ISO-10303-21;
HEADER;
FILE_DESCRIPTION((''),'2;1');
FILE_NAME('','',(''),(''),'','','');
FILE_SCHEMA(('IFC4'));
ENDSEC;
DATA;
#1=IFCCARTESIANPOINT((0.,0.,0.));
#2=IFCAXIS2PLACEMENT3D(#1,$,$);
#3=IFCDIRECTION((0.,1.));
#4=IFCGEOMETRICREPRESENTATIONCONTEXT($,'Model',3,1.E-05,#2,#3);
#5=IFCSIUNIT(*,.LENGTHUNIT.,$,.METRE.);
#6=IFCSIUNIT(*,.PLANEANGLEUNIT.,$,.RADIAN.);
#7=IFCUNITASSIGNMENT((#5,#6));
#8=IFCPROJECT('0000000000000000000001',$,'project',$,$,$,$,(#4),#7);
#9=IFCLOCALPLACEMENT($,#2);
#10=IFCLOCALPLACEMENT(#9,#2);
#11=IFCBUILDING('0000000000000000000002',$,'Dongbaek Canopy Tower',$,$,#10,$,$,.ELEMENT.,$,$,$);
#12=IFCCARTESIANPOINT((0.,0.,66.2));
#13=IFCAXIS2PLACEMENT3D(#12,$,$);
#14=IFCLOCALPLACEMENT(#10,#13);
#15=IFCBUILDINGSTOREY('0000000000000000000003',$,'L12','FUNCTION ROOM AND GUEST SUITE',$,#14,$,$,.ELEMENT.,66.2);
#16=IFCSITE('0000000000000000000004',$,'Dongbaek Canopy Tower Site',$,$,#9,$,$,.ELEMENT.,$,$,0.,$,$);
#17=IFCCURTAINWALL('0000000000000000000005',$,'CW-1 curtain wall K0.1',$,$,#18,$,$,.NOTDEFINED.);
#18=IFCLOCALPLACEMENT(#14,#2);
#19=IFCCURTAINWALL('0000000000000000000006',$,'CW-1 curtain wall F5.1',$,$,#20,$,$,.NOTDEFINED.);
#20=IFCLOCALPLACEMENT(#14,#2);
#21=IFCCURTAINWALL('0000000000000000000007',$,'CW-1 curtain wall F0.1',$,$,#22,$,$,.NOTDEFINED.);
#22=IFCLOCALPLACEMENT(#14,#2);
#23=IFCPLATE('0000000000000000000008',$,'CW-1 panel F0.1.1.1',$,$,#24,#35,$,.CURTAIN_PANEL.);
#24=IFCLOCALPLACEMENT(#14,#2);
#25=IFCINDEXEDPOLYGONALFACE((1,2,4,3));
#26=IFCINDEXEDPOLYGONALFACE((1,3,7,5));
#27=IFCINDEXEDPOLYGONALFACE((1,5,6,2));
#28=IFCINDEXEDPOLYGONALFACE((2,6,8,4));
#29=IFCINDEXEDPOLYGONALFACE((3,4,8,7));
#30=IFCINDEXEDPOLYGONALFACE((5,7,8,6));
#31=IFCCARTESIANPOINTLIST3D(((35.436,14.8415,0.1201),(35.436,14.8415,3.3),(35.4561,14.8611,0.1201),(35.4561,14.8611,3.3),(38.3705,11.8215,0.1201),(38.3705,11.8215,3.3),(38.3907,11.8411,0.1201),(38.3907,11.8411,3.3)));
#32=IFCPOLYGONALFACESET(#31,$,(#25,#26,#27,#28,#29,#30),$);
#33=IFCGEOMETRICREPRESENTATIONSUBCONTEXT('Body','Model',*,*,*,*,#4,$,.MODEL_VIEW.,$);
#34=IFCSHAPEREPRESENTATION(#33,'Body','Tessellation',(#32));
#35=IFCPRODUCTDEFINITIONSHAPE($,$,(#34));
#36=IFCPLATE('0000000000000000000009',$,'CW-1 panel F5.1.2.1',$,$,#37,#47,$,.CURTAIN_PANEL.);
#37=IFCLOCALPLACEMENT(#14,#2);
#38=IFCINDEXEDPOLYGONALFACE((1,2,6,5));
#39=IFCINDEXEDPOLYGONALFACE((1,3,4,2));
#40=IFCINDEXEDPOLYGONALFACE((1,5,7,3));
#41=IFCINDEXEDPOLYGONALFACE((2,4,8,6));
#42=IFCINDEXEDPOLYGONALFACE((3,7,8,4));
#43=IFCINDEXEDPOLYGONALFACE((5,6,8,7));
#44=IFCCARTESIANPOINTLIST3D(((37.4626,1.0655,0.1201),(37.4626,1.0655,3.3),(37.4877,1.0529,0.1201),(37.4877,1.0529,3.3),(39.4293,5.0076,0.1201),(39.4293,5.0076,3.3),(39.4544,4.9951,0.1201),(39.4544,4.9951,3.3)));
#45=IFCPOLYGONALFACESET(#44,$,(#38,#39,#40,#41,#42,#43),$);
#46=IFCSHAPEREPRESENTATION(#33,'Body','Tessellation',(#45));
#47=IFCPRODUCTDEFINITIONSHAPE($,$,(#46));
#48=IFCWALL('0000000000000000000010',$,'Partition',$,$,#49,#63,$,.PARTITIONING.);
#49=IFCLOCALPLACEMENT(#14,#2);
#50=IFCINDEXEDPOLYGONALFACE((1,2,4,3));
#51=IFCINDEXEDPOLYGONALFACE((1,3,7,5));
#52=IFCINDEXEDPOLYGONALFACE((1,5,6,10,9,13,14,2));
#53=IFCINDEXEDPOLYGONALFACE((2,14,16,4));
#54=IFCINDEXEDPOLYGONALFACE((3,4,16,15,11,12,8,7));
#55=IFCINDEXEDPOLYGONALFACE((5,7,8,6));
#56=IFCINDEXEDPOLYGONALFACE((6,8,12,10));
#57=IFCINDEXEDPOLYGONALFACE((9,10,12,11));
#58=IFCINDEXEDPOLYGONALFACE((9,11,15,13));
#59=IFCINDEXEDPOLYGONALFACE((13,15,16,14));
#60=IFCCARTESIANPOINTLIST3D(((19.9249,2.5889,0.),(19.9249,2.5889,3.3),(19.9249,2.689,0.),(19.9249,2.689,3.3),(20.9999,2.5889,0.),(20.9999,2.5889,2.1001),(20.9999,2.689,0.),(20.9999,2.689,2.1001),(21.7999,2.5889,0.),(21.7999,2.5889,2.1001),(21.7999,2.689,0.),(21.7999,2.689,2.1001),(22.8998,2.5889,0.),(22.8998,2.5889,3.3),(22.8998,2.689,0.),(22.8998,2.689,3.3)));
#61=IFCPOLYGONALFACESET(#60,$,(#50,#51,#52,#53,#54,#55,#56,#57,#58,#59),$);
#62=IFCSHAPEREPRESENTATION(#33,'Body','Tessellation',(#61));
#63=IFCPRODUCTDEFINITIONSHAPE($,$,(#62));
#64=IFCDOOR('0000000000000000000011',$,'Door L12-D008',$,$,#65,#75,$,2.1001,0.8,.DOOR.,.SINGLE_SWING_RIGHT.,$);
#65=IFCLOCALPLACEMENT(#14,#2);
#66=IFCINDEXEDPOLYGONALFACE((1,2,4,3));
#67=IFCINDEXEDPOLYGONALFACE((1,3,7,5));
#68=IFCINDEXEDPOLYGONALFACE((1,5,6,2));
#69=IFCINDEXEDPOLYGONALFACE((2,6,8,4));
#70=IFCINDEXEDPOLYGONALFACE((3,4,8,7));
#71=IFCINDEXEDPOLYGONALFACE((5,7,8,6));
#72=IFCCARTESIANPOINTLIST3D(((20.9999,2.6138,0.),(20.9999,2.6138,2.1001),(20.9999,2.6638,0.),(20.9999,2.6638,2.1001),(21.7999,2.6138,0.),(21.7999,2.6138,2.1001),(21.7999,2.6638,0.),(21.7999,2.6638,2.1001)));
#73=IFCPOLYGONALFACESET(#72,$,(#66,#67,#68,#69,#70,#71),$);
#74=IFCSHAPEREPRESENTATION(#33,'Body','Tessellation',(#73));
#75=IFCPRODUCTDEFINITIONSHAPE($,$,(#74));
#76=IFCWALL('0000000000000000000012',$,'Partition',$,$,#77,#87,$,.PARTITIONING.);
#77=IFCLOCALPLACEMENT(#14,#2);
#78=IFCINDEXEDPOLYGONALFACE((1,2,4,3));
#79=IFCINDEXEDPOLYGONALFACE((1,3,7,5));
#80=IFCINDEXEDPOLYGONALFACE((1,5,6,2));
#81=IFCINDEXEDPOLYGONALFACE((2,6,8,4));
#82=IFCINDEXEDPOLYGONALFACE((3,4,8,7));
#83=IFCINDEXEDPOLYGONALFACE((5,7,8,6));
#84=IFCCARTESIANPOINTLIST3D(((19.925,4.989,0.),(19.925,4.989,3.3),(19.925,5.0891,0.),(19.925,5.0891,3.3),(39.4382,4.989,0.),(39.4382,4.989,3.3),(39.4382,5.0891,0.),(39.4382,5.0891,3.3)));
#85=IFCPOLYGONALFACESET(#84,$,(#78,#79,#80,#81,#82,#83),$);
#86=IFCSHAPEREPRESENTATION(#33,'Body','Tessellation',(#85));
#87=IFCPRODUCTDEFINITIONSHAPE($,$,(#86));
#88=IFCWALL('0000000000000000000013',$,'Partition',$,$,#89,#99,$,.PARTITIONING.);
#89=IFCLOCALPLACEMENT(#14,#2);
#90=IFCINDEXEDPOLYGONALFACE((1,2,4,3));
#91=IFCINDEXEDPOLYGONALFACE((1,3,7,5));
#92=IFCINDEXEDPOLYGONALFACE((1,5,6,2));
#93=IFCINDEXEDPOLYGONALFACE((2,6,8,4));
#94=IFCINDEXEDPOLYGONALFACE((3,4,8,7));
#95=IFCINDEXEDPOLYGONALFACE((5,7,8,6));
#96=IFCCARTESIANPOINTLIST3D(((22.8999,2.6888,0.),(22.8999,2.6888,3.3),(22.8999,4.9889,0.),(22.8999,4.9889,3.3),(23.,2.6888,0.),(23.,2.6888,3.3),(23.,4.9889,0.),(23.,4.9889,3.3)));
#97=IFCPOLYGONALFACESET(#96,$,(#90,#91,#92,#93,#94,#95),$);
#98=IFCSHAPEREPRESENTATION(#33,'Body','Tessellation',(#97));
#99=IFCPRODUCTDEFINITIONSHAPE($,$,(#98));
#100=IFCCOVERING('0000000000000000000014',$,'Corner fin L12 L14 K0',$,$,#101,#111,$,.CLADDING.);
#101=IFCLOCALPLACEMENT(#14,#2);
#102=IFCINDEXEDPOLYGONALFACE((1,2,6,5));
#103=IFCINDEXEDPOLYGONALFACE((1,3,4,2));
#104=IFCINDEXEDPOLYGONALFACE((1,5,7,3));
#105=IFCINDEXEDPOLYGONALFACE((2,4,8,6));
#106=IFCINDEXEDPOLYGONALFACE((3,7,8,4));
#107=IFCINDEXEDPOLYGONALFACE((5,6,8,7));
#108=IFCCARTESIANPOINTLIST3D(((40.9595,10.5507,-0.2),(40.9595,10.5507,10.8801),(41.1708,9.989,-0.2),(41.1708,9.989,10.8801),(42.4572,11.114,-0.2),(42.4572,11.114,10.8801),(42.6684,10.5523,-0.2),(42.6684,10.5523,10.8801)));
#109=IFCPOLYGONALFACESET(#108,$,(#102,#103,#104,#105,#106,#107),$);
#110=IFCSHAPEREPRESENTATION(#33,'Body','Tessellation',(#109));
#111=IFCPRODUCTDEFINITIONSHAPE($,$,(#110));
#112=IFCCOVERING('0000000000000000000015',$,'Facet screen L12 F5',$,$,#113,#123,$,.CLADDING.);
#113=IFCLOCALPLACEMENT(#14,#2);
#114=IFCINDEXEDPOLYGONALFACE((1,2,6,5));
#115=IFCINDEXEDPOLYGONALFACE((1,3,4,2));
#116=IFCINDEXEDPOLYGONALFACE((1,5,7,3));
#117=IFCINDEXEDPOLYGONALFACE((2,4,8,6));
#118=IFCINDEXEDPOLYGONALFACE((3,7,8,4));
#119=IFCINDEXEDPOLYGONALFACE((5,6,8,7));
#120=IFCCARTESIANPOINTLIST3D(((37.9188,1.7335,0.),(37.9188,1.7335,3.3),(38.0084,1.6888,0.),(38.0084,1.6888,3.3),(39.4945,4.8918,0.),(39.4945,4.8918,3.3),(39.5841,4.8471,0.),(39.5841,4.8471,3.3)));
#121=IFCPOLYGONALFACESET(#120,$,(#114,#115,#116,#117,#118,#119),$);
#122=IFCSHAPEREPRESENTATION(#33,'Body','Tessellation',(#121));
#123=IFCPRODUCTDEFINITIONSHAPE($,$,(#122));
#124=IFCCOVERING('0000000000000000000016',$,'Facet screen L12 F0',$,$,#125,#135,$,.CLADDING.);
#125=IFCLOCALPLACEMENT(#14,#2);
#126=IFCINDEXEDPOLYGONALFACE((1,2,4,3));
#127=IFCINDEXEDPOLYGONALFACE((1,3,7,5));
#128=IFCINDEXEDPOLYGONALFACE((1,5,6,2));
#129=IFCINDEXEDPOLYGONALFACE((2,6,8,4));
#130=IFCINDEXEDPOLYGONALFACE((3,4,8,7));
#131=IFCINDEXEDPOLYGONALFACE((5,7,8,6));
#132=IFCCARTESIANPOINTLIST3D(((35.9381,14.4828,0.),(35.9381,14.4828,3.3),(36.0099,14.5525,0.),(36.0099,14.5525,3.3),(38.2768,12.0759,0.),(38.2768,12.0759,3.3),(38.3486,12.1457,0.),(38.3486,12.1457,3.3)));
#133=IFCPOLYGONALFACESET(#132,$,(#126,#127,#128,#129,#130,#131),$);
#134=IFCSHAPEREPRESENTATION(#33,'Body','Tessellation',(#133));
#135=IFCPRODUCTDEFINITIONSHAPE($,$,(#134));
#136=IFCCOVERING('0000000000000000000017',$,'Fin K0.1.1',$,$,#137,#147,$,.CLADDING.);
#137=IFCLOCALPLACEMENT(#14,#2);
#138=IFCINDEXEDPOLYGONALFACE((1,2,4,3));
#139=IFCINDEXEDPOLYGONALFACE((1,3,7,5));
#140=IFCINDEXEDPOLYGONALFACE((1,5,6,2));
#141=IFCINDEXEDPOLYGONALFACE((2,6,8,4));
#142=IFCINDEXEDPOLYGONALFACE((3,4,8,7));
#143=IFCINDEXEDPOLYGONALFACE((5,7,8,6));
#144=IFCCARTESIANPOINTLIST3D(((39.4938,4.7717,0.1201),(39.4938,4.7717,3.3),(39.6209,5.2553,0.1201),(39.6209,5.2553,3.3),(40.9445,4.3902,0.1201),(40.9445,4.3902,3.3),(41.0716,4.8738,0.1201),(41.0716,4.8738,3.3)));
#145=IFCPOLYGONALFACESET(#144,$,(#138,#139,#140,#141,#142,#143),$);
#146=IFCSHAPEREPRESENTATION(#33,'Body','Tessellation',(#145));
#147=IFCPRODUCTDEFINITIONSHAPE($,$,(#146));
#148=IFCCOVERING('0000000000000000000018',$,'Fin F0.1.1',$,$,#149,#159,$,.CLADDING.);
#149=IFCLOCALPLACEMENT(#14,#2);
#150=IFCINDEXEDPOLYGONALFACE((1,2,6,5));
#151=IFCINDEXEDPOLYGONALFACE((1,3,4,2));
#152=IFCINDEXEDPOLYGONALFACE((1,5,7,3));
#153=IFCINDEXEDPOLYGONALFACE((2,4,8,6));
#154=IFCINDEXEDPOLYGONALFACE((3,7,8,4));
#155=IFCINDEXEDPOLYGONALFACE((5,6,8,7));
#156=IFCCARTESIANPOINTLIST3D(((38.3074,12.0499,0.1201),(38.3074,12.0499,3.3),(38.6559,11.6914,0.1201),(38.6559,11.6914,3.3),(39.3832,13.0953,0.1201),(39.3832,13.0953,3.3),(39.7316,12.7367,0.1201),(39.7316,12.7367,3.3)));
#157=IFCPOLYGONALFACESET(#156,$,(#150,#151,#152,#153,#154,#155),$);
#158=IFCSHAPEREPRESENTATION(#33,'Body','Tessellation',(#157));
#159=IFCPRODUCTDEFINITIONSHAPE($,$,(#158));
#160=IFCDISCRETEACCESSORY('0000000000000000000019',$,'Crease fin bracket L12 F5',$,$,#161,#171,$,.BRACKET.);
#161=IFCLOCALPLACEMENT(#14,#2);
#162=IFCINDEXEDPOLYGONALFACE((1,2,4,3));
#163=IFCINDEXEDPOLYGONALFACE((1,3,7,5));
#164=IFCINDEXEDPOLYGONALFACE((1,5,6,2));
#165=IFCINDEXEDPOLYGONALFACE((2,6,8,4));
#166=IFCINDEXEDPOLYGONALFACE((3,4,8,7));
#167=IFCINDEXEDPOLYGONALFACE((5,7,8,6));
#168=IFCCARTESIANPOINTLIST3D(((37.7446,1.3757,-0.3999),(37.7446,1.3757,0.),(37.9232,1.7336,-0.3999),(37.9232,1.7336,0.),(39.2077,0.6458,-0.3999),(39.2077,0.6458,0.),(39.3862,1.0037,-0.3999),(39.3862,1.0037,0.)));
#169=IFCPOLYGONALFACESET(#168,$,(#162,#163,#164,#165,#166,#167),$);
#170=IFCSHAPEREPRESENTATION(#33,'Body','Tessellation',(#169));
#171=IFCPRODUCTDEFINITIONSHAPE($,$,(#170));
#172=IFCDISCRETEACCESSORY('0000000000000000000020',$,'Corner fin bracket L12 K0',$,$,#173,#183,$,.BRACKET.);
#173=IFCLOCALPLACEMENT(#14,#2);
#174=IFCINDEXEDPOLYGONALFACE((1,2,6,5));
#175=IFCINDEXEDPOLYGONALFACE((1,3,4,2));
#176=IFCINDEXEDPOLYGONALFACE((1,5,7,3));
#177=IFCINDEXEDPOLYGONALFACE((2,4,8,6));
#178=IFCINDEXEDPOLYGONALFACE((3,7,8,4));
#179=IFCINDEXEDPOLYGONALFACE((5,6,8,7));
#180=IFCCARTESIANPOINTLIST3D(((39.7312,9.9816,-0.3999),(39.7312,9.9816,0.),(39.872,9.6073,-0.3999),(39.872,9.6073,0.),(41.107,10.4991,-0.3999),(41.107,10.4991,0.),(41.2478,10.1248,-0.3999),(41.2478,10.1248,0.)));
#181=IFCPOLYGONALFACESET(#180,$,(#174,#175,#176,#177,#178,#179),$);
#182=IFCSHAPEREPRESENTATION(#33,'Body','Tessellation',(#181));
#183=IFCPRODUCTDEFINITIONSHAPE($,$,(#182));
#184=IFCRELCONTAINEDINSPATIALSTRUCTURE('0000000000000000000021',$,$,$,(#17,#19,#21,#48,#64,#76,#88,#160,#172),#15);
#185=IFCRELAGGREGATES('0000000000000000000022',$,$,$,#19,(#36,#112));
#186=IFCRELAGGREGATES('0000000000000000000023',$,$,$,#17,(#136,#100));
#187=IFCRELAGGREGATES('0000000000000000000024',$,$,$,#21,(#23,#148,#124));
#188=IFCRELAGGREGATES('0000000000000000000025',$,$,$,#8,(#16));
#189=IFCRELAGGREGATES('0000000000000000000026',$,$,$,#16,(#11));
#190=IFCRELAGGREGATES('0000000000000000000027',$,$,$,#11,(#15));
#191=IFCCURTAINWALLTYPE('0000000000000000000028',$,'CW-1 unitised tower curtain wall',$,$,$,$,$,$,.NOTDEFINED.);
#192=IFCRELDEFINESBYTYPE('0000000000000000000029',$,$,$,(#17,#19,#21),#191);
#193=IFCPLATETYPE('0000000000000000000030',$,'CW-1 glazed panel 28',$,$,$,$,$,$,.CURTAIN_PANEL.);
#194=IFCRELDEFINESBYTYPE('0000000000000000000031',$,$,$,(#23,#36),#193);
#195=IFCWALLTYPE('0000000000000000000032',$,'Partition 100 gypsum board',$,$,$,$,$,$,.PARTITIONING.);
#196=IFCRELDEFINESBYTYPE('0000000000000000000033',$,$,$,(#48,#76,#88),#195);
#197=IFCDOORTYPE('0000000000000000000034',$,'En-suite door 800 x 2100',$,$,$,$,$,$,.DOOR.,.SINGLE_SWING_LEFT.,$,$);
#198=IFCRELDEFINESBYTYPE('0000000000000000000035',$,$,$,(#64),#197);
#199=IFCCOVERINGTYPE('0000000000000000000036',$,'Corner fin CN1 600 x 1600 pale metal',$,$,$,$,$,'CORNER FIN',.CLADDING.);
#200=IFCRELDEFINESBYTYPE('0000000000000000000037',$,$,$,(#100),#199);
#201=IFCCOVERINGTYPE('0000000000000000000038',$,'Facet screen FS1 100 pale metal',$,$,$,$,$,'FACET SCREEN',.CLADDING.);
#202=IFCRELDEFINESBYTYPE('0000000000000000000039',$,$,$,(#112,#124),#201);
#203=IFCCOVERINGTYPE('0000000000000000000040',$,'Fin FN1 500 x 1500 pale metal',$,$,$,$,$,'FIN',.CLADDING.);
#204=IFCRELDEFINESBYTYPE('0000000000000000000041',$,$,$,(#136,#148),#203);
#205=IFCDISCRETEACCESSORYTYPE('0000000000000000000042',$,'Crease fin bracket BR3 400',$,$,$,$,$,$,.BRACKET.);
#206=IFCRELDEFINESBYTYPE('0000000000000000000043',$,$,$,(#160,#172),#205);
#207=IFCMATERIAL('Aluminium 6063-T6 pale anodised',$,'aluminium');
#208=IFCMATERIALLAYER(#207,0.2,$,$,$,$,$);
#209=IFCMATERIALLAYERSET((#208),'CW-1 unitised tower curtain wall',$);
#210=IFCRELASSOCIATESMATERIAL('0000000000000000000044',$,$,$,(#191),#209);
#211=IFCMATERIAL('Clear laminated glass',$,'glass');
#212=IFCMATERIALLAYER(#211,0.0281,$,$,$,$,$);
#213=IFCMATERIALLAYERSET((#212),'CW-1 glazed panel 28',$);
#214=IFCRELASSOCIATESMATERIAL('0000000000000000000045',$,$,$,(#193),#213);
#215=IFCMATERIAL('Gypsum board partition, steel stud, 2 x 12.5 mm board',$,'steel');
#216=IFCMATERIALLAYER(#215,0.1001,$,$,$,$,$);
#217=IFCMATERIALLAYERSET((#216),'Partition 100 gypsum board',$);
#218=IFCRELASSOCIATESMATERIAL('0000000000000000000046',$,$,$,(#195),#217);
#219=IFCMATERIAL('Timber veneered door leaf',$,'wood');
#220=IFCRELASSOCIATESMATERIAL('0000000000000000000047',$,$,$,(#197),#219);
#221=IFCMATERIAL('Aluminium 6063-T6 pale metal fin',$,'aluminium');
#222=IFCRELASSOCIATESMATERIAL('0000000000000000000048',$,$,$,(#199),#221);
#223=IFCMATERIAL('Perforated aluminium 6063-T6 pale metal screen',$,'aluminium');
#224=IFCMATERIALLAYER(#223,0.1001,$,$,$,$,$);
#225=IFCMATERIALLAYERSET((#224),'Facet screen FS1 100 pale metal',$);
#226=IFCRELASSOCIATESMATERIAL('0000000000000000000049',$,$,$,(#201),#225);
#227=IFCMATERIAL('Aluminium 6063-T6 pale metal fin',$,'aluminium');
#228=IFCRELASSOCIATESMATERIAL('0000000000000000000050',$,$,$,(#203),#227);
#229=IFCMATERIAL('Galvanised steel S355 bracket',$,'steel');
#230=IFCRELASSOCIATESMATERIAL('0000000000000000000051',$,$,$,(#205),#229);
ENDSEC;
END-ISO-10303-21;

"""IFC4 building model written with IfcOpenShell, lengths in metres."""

from ifc_helpers import new_model, si_unit, direction, frame, frame_2d, origin, origin_2d, place, context, subcontext, project, spatial, rectangle, extrude, material, layer, layer_set, material_profile, profile_set, type_object, element, fill, aggregate, save


model = new_model("IFC4")

# Units and contexts
model_context = context("Model", 3, precision=1e-05, world=origin(), true_north=direction((0.0, 1.0)))
body_context = subcontext(model_context, "Body", "Model", "MODEL_VIEW")
ifc_project = project(units=[si_unit("LENGTHUNIT", "METRE"), si_unit("PLANEANGLEUNIT", "RADIAN")], contexts=[model_context])

# Site, building, storey
site_placement = place(None, origin())
site = spatial("IfcSite", under=ifc_project, at=site_placement, Name="Dongbaek Canopy Tower Site", CompositionType="ELEMENT", RefElevation=0.0)
building_placement = place(site_placement, origin())
building = spatial("IfcBuilding", under=site, at=building_placement, Name="Dongbaek Canopy Tower", CompositionType="ELEMENT")
storey_placement = place(building_placement, frame((0.0, 0.0, 66.2)))
storey = spatial("IfcBuildingStorey", under=building, at=storey_placement, Name="L12", Description="FUNCTION ROOM AND GUEST SUITE", CompositionType="ELEMENT", Elevation=66.2)

# Curtain wall
ifc_material_1 = material(Name="Aluminium 6063-T6 pale anodised", Category="aluminium")
ifc_layer_1 = layer(ifc_material_1, 0.2)
ifc_layer_set_1 = layer_set([ifc_layer_1], Name="CW-1 unitised tower curtain wall")
curtain_wall_type = type_object("IfcCurtainWallType", Name="CW-1 unitised tower curtain wall", PredefinedType="NOTDEFINED", material=ifc_layer_set_1)
curtain_wall_1_placement = place(storey_placement, origin())
curtain_wall_1 = element("IfcCurtainWall", 1, at=curtain_wall_1_placement, inside=storey, type_object=curtain_wall_type, Name="CW-1 curtain wall K0.1", PredefinedType="NOTDEFINED")

# Curtain walls
curtain_wall_2_placement = place(storey_placement, origin())
curtain_wall_2 = element("IfcCurtainWall", 2, at=curtain_wall_2_placement, inside=storey, type_object=curtain_wall_type, Name="CW-1 curtain wall F5.1", PredefinedType="NOTDEFINED")
curtain_wall_3_placement = place(storey_placement, origin())
curtain_wall_3 = element("IfcCurtainWall", 3, at=curtain_wall_3_placement, inside=storey, type_object=curtain_wall_type, Name="CW-1 curtain wall F0.1", PredefinedType="NOTDEFINED")

# Plates
ifc_material_2 = material(Name="Clear laminated glass", Category="glass")
ifc_layer_2 = layer(ifc_material_2, 0.0281)
ifc_layer_set_2 = layer_set([ifc_layer_2], Name="CW-1 glazed panel 28")
plate_type = type_object("IfcPlateType", Name="CW-1 glazed panel 28", PredefinedType="CURTAIN_PANEL", material=ifc_layer_set_2)
plate_1_placement = place(storey_placement, frame((36.9133, 13.3413, 0.1201), z_axis=(0.0, 0.0, 1.0), x_axis=(-0.696882, 0.717186, 0.0)))
plate_1 = element("IfcPlate", 4, at=plate_1_placement, type_object=plate_type, Name="CW-1 panel F0.1.1.1", PredefinedType="CURTAIN_PANEL", context=body_context, shape_type="SweptSolid", body=[
    extrude(rectangle(XDim=4.2109, YDim=0.0281, at=origin_2d()), origin(), (0.0, 0.0, 1.0), 3.1799),
])
plate_2_placement = place(storey_placement, frame((38.4585, 3.0303, 0.1201), z_axis=(0.0, 0.0, 1.0), x_axis=(0.44642, 0.894823, 0.0)))
plate_2 = element("IfcPlate", 5, at=plate_2_placement, type_object=plate_type, Name="CW-1 panel F5.1.2.1", PredefinedType="CURTAIN_PANEL", context=body_context, shape_type="SweptSolid", body=[
    extrude(rectangle(XDim=4.4055, YDim=0.0281, at=origin_2d()), origin(), (0.0, 0.0, 1.0), 3.1799),
])

# Wall, opening, door
ifc_material_3 = material(Name="Gypsum board partition, steel stud, 2 x 12.5 mm board", Category="steel")
ifc_layer_3 = layer(ifc_material_3, 0.1001)
ifc_layer_set_3 = layer_set([ifc_layer_3], Name="Partition 100 gypsum board")
wall_type = type_object("IfcWallType", Name="Partition 100 gypsum board", PredefinedType="PARTITIONING", material=ifc_layer_set_3)
wall_1_placement = place(storey_placement, frame((19.925, 2.6389, 0.0), z_axis=(0.0, 0.0, 1.0), x_axis=(1.0, 0.0, 0.0)))
wall_1 = element("IfcWall", 6, at=wall_1_placement, inside=storey, type_object=wall_type, Name="Partition", PredefinedType="PARTITIONING", context=body_context, shape_type="SweptSolid", body=[
    extrude(rectangle(XDim=2.9749, YDim=0.1001, at=frame_2d((1.4873, 0.0))), origin(), (0.0, 0.0, 1.0), 3.3),
])
opening_placement = place(wall_1_placement, frame((1.075, 0.0, 0.0)))
opening = element("IfcOpeningElement", 7, at=opening_placement, cuts=wall_1, PredefinedType="OPENING", context=body_context, shape_type="SweptSolid", body=[
    extrude(rectangle(XDim=0.8, YDim=2.1001, at=frame_2d((0.3999, 1.05))), frame((0.0, 0.0601, 0.0), z_axis=(0.0, -1.0, 0.0), x_axis=(1.0, 0.0, 0.0)), (0.0, 0.0, 1.0), 0.1201),
])
ifc_material_4 = material(Name="Timber veneered door leaf", Category="wood")
door_type = type_object("IfcDoorType", Name="En-suite door 800 x 2100", OperationType="SINGLE_SWING_LEFT", PredefinedType="DOOR", material=ifc_material_4)
door_placement = place(opening_placement, origin())
door = element("IfcDoor", 8, at=door_placement, inside=storey, type_object=door_type, Name="Door L12-D008", OperationType="SINGLE_SWING_RIGHT", OverallHeight=2.1001, OverallWidth=0.8, PredefinedType="DOOR", context=body_context, shape_type="SweptSolid", body=[
    extrude(rectangle(XDim=0.8, YDim=2.1001, at=frame_2d((0.3999, 1.05))), frame((0.0, 0.0249, 0.0), z_axis=(0.0, -1.0, 0.0), x_axis=(1.0, 0.0, 0.0)), (0.0, 0.0, 1.0), 0.05),
])
fill(opening, door)

# Walls
wall_2_placement = place(storey_placement, frame((19.925, 5.0391, 0.0), z_axis=(0.0, 0.0, 1.0), x_axis=(1.0, 0.0, 0.0)))
element("IfcWall", 9, at=wall_2_placement, inside=storey, type_object=wall_type, Name="Partition", PredefinedType="PARTITIONING", context=body_context, shape_type="SweptSolid", body=[
    extrude(rectangle(XDim=19.5132, YDim=0.1001, at=frame_2d((9.7566, 0.0))), origin(), (0.0, 0.0, 1.0), 3.3),
])
wall_3_placement = place(storey_placement, frame((22.95, 2.689, 0.0), z_axis=(0.0, 0.0, 1.0), x_axis=(0.0, 1.0, 0.0)))
element("IfcWall", 10, at=wall_3_placement, inside=storey, type_object=wall_type, Name="Partition", PredefinedType="PARTITIONING", context=body_context, shape_type="SweptSolid", body=[
    extrude(rectangle(XDim=2.3, YDim=0.1001, at=frame_2d((1.1499, 0.0))), origin(), (0.0, 0.0, 1.0), 3.3),
])

# Coverings
ifc_material_5 = material(Name="Aluminium 6063-T6 pale metal fin", Category="aluminium")
ifc_material_profile_1 = material_profile(ifc_material_5, rectangle(XDim=1.6001, YDim=0.6001, at=origin_2d()), Name="Corner fin CN1 600 x 1600 pale metal")
ifc_profile_set_1 = profile_set([ifc_material_profile_1], Name="Aluminium 6063-T6 pale metal fin")
covering_type_1 = type_object("IfcCoveringType", Name="Corner fin CN1 600 x 1600 pale metal", ElementType="CORNER FIN", PredefinedType="CLADDING", material=ifc_profile_set_1)
covering_1_placement = place(storey_placement, frame((41.814, 10.5515, -0.2), z_axis=(0.0, 0.0, 1.0), x_axis=(0.935977, 0.352062, 0.0)))
covering_1 = element("IfcCovering", 11, at=covering_1_placement, type_object=covering_type_1, Name="Corner fin L12 L14 K0", PredefinedType="CLADDING", context=body_context, shape_type="SweptSolid", body=[
    extrude(rectangle(XDim=1.6001, YDim=0.6001, at=origin_2d()), origin(), (0.0, 0.0, 1.0), 11.0801),
])
ifc_material_6 = material(Name="Perforated aluminium 6063-T6 pale metal screen", Category="aluminium")
ifc_layer_4 = layer(ifc_material_6, 0.1001)
ifc_layer_set_4 = layer_set([ifc_layer_4], Name="Facet screen FS1 100 pale metal")
covering_type_2 = type_object("IfcCoveringType", Name="Facet screen FS1 100 pale metal", ElementType="FACET SCREEN", PredefinedType="CLADDING", material=ifc_layer_set_4)
covering_2_placement = place(storey_placement, frame((38.7515, 3.2903, 0.0), z_axis=(0.0, 0.0, 1.0), x_axis=(0.446421, 0.894823, 0.0)))
covering_2 = element("IfcCovering", 12, at=covering_2_placement, type_object=covering_type_2, Name="Facet screen L12 F5", PredefinedType="CLADDING", context=body_context, shape_type="SweptSolid", body=[
    extrude(rectangle(XDim=3.5295, YDim=0.1001, at=origin_2d()), origin(), (0.0, 0.0, 1.0), 3.3),
])
aggregate(curtain_wall_2, [plate_2, covering_2])
covering_3_placement = place(storey_placement, frame((37.1433, 13.3142, 0.0), z_axis=(0.0, 0.0, 1.0), x_axis=(-0.696881, 0.717187, 0.0)))
covering_3 = element("IfcCovering", 13, at=covering_3_placement, type_object=covering_type_2, Name="Facet screen L12 F0", PredefinedType="CLADDING", context=body_context, shape_type="SweptSolid", body=[
    extrude(rectangle(XDim=3.356, YDim=0.1001, at=origin_2d()), origin(), (0.0, 0.0, 1.0), 3.3),
])
ifc_material_7 = material(Name="Aluminium 6063-T6 pale metal fin", Category="aluminium")
ifc_material_profile_2 = material_profile(ifc_material_7, rectangle(XDim=1.5, YDim=0.5, at=origin_2d()), Name="Fin FN1 500 x 1500 pale metal")
ifc_profile_set_2 = profile_set([ifc_material_profile_2], Name="Aluminium 6063-T6 pale metal fin")
covering_type_3 = type_object("IfcCoveringType", Name="Fin FN1 500 x 1500 pale metal", ElementType="FIN", PredefinedType="CLADDING", material=ifc_profile_set_2)
covering_4_placement = place(storey_placement, frame((40.2827, 4.8228, 0.1201), z_axis=(0.0, 0.0, 1.0), x_axis=(0.967124, -0.254304, 0.0)))
covering_4 = element("IfcCovering", 14, at=covering_4_placement, type_object=covering_type_3, Name="Fin K0.1.1", PredefinedType="CLADDING", context=body_context, shape_type="SweptSolid", body=[
    extrude(rectangle(XDim=1.5, YDim=0.5, at=origin_2d()), origin(), (0.0, 0.0, 1.0), 3.1799),
])
aggregate(curtain_wall_1, [covering_4, covering_1])
covering_5_placement = place(storey_placement, frame((39.0195, 12.3933, 0.1201), z_axis=(0.0, 0.0, 1.0), x_axis=(0.717186, 0.696882, 0.0)))
covering_5 = element("IfcCovering", 15, at=covering_5_placement, type_object=covering_type_3, Name="Fin F0.1.1", PredefinedType="CLADDING", context=body_context, shape_type="SweptSolid", body=[
    extrude(rectangle(XDim=1.5, YDim=0.5, at=origin_2d()), origin(), (0.0, 0.0, 1.0), 3.1799),
])
aggregate(curtain_wall_3, [plate_1, covering_5, covering_3])

# Discrete accessories
ifc_material_8 = material(Name="Galvanised steel S355 bracket", Category="steel")
discrete_accessory_type = type_object("IfcDiscreteAccessoryType", Name="Crease fin bracket BR3 400", PredefinedType="BRACKET", material=ifc_material_8)
discrete_accessory_1_placement = place(storey_placement, frame((38.5654, 1.1897, -0.3999), z_axis=(0.0, 0.0, 1.0), x_axis=(0.894823, -0.446421, 0.0)))
element("IfcDiscreteAccessory", 16, at=discrete_accessory_1_placement, inside=storey, type_object=discrete_accessory_type, Name="Crease fin bracket L12 F5", PredefinedType="BRACKET", context=body_context, shape_type="SweptSolid", body=[
    extrude(rectangle(XDim=1.635, YDim=0.3999, at=origin_2d()), origin(), (0.0, 0.0, 1.0), 0.3999),
])
discrete_accessory_2_placement = place(storey_placement, frame((40.4895, 10.0532, -0.3999), z_axis=(0.0, 0.0, 1.0), x_axis=(0.935977, 0.352062, 0.0)))
element("IfcDiscreteAccessory", 17, at=discrete_accessory_2_placement, inside=storey, type_object=discrete_accessory_type, Name="Corner fin bracket L12 K0", PredefinedType="BRACKET", context=body_context, shape_type="SweptSolid", body=[
    extrude(rectangle(XDim=1.47, YDim=0.3999, at=origin_2d()), origin(), (0.0, 0.0, 1.0), 0.3999),
])

save(model, "model.ifc")
